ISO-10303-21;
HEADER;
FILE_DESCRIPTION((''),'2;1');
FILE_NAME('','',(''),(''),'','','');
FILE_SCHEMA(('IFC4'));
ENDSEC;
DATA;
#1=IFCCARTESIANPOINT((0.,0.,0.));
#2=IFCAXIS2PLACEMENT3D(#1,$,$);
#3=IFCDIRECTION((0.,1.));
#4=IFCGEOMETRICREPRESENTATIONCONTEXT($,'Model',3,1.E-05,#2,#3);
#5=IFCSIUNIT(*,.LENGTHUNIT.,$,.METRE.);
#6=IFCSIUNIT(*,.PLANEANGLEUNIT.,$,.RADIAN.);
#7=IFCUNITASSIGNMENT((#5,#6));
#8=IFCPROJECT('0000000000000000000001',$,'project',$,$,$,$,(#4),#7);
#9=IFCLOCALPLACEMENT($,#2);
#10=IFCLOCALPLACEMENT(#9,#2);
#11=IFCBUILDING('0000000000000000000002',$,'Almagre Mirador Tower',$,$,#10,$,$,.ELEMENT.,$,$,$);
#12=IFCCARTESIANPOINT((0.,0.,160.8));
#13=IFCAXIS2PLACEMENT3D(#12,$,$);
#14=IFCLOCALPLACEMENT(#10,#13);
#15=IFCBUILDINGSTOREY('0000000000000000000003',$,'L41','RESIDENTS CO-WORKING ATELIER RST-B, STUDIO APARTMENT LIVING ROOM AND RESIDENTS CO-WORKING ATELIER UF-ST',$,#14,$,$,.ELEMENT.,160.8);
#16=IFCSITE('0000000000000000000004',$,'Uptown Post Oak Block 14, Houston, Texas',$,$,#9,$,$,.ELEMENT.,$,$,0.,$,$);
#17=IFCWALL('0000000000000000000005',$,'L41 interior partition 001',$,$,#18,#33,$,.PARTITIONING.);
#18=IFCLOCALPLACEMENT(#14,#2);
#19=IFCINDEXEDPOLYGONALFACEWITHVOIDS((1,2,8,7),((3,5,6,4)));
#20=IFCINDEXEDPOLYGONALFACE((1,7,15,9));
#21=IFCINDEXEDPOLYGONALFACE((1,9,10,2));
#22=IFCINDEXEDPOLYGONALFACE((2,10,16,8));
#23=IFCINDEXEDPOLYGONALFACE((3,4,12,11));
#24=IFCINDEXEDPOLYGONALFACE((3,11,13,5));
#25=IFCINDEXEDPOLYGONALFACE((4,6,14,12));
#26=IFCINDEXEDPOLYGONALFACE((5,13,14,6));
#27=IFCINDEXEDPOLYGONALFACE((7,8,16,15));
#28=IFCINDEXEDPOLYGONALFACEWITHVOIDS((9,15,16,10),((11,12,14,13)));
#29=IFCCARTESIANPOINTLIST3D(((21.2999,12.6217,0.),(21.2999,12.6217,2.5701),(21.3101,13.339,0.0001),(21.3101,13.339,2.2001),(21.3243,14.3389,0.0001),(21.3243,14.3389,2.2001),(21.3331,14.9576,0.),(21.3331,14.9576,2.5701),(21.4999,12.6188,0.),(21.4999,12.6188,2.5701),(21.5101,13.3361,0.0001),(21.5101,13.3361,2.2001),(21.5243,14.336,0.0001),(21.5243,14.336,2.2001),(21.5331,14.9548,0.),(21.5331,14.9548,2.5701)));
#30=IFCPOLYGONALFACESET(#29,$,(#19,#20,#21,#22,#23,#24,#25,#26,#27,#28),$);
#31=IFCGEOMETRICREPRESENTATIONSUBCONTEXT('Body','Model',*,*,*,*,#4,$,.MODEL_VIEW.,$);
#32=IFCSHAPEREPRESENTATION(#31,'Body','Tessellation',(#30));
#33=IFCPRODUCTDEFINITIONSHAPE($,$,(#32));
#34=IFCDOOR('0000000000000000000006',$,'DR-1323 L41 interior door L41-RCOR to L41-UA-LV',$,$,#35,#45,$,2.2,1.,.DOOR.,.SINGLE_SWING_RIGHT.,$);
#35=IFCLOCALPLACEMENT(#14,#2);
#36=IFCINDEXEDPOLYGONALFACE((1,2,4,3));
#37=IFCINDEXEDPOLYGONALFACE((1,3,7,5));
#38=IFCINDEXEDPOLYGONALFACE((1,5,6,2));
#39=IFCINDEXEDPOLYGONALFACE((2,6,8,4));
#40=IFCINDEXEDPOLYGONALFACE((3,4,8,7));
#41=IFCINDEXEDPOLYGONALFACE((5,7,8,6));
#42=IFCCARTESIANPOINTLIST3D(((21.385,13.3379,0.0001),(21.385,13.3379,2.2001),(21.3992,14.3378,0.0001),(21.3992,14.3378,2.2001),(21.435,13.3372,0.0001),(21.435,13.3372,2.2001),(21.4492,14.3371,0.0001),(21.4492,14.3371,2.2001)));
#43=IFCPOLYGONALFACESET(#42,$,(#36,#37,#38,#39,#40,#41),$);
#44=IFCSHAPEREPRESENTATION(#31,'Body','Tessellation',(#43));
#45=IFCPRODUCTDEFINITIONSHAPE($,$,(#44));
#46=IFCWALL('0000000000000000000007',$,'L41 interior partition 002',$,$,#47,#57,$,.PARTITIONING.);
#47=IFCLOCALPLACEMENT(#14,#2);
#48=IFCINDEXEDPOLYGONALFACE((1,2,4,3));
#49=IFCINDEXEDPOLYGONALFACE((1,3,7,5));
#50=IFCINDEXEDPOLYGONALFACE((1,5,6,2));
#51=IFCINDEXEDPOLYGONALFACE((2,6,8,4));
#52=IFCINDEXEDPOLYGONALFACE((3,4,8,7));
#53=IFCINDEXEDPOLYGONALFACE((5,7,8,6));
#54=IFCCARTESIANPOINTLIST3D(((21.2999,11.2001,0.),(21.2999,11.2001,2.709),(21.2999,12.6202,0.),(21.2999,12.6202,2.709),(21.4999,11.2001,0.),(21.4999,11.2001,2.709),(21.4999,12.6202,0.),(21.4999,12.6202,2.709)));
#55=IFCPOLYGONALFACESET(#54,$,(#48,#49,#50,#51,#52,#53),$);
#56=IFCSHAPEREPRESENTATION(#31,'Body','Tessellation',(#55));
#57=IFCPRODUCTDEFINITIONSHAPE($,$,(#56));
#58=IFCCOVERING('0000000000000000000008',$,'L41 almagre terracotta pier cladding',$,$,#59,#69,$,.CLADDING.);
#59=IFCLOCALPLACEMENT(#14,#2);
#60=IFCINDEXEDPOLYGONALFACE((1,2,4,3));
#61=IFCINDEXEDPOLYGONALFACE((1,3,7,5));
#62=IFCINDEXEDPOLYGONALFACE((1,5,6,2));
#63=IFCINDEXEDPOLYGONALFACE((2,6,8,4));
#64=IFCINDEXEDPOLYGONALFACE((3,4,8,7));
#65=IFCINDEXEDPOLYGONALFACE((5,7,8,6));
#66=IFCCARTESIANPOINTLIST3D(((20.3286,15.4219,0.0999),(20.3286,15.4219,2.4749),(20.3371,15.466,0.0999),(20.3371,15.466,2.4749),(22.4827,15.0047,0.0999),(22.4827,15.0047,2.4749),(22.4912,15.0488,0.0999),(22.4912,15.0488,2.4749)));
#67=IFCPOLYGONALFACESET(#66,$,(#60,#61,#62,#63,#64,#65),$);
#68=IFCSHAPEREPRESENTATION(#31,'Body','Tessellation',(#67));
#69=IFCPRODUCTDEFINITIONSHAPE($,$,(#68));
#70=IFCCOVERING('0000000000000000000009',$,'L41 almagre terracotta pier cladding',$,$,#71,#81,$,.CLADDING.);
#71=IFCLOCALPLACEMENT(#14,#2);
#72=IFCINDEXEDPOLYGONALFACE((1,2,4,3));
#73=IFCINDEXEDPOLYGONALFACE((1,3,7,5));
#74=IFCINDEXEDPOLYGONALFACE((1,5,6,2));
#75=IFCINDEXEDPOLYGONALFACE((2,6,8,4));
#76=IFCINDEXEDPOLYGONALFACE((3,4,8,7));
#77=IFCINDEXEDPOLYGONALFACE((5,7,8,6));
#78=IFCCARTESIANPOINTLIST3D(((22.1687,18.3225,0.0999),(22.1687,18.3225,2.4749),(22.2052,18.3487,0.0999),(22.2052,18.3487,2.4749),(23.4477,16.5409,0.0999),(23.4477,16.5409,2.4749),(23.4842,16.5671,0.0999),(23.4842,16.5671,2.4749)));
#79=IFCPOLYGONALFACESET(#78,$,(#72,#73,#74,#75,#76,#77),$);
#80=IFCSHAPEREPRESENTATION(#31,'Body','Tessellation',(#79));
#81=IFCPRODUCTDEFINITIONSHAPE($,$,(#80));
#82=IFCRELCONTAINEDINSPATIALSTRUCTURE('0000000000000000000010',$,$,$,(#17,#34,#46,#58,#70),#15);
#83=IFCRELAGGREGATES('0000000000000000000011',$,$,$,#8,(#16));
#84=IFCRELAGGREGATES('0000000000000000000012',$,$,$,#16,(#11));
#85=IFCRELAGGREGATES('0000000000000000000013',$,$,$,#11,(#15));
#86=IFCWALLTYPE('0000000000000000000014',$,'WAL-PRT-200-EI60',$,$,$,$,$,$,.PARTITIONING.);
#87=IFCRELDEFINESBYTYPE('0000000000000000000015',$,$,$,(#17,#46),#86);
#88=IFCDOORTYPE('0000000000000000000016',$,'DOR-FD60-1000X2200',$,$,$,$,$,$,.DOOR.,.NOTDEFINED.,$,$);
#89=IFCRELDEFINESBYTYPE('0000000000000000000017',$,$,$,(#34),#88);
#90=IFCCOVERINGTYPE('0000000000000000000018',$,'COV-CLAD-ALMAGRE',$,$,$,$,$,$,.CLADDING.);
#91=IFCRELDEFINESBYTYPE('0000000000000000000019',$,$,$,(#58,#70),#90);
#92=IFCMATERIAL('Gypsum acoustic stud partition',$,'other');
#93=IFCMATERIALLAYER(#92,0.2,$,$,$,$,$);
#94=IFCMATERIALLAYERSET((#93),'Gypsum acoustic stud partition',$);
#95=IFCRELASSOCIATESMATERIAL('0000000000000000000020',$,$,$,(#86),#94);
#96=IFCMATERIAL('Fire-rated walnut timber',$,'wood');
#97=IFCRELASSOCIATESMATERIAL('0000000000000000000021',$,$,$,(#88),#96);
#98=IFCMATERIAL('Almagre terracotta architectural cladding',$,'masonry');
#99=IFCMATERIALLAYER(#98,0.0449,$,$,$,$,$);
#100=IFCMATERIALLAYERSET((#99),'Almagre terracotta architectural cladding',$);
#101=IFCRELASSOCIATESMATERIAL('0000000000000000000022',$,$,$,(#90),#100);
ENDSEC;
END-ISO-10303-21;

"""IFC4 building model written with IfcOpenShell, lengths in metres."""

from ifc_helpers import new_model, si_unit, direction, frame, frame_2d, origin, origin_2d, place, context, subcontext, project, spatial, rectangle, extrude, material, layer, layer_set, type_object, element, fill, save


model = new_model("IFC4")

# Units and contexts
model_context = context("Model", 3, precision=1e-05, world=origin(), true_north=direction((0.0, 1.0)))
body_context = subcontext(model_context, "Body", "Model", "MODEL_VIEW")
ifc_project = project(units=[si_unit("LENGTHUNIT", "METRE"), si_unit("PLANEANGLEUNIT", "RADIAN")], contexts=[model_context])

# Site, building, storey
site_placement = place(None, origin())
site = spatial("IfcSite", under=ifc_project, at=site_placement, Name="Uptown Post Oak Block 14, Houston, Texas", CompositionType="ELEMENT", RefElevation=0.0)
building_placement = place(site_placement, origin())
building = spatial("IfcBuilding", under=site, at=building_placement, Name="Almagre Mirador Tower", CompositionType="ELEMENT")
storey_placement = place(building_placement, frame((0.0, 0.0, 160.8)))
storey = spatial("IfcBuildingStorey", under=building, at=storey_placement, Name="L41", Description="RESIDENTS CO-WORKING ATELIER RST-B, STUDIO APARTMENT LIVING ROOM AND RESIDENTS CO-WORKING ATELIER UF-ST", CompositionType="ELEMENT", Elevation=160.8)

# Wall, opening, door
ifc_material_1 = material(Name="Gypsum acoustic stud partition", Category="other")
ifc_layer_1 = layer(ifc_material_1, 0.2)
ifc_layer_set_1 = layer_set([ifc_layer_1], Name="Gypsum acoustic stud partition")
wall_type_1 = type_object("IfcWallType", Name="WAL-PRT-200-EI60", PredefinedType="PARTITIONING", material=ifc_layer_set_1)
wall_1_placement = place(storey_placement, frame((21.4331, 14.9561, 0.0), z_axis=(0.0, 0.0, 1.0), x_axis=(-0.014213, -0.999899, 0.0)))
wall_1 = element("IfcWall", 1, at=wall_1_placement, inside=storey, type_object=wall_type_1, Name="L41 interior partition 001", PredefinedType="PARTITIONING", context=body_context, shape_type="SweptSolid", body=[
    extrude(rectangle(XDim=2.3362, YDim=0.2, at=frame_2d((1.168, 0.0))), origin(), (0.0, 0.0, 1.0), 2.5701),
])
opening_placement = place(wall_1_placement, frame((0.6187, 0.0, 0.0)))
opening = element("IfcOpeningElement", 2, at=opening_placement, cuts=wall_1, PredefinedType="OPENING", context=body_context, shape_type="SweptSolid", body=[
    extrude(rectangle(XDim=1.0, YDim=2.2, at=frame_2d((0.5, 1.1001))), frame((0.0, 0.1101, 0.0), z_axis=(0.0, -1.0, 0.0), x_axis=(1.0, 0.0, 0.0)), (0.0, 0.0, 1.0), 0.22),
])
ifc_material_2 = material(Name="Fire-rated walnut timber", Category="wood")
door_type = type_object("IfcDoorType", Name="DOR-FD60-1000X2200", OperationType="NOTDEFINED", PredefinedType="DOOR", material=ifc_material_2)
door_placement = place(opening_placement, origin())
door = element("IfcDoor", 3, at=door_placement, inside=storey, type_object=door_type, Name="DR-1323 L41 interior door L41-RCOR to L41-UA-LV", OperationType="SINGLE_SWING_RIGHT", OverallHeight=2.2, OverallWidth=1.0, PredefinedType="DOOR", context=body_context, shape_type="SweptSolid", body=[
    extrude(rectangle(XDim=1.0, YDim=2.2, at=frame_2d((0.5, 1.1001))), frame((0.0, 0.0249, 0.0), z_axis=(0.0, -1.0, 0.0), x_axis=(1.0, 0.0, 0.0)), (0.0, 0.0, 1.0), 0.05),
])
fill(opening, door)

# Wall
wall_2_placement = place(storey_placement, frame((21.3999, 12.6201, 0.0), z_axis=(0.0, 0.0, 1.0), x_axis=(0.0, -1.0, 0.0)))
element("IfcWall", 4, at=wall_2_placement, inside=storey, type_object=wall_type_1, Name="L41 interior partition 002", PredefinedType="PARTITIONING", context=body_context, shape_type="SweptSolid", body=[
    extrude(rectangle(XDim=1.4202, YDim=0.2, at=frame_2d((0.71, 0.0))), origin(), (0.0, 0.0, 1.0), 2.709),
])

# Coverings
ifc_material_3 = material(Name="Almagre terracotta architectural cladding", Category="masonry")
ifc_layer_2 = layer(ifc_material_3, 0.0449)
ifc_layer_set_2 = layer_set([ifc_layer_2], Name="Almagre terracotta architectural cladding")
covering_type = type_object("IfcCoveringType", Name="COV-CLAD-ALMAGRE", PredefinedType="CLADDING", material=ifc_layer_set_2)
covering_1_placement = place(storey_placement, frame((21.4099, 15.2354, 0.0999), z_axis=(0.0, 0.0, 1.0), x_axis=(0.98176, -0.190124, 0.0)))
element("IfcCovering", 5, at=covering_1_placement, inside=storey, type_object=covering_type, Name="L41 almagre terracotta pier cladding", PredefinedType="CLADDING", context=body_context, shape_type="SweptSolid", body=[
    extrude(rectangle(XDim=2.1941, YDim=0.0449, at=origin_2d()), origin(), (0.0, 0.0, 1.0), 2.375),
])
covering_2_placement = place(storey_placement, frame((22.8264, 17.4448, 0.0999), z_axis=(0.0, 0.0, 1.0), x_axis=(-0.583187, 0.812338, 0.0)))
element("IfcCovering", 6, at=covering_2_placement, inside=storey, type_object=covering_type, Name="L41 almagre terracotta pier cladding", PredefinedType="CLADDING", context=body_context, shape_type="SweptSolid", body=[
    extrude(rectangle(XDim=2.1931, YDim=0.0449, at=origin_2d()), origin(), (0.0, 0.0, 1.0), 2.375),
])

save(model, "model.ifc")
